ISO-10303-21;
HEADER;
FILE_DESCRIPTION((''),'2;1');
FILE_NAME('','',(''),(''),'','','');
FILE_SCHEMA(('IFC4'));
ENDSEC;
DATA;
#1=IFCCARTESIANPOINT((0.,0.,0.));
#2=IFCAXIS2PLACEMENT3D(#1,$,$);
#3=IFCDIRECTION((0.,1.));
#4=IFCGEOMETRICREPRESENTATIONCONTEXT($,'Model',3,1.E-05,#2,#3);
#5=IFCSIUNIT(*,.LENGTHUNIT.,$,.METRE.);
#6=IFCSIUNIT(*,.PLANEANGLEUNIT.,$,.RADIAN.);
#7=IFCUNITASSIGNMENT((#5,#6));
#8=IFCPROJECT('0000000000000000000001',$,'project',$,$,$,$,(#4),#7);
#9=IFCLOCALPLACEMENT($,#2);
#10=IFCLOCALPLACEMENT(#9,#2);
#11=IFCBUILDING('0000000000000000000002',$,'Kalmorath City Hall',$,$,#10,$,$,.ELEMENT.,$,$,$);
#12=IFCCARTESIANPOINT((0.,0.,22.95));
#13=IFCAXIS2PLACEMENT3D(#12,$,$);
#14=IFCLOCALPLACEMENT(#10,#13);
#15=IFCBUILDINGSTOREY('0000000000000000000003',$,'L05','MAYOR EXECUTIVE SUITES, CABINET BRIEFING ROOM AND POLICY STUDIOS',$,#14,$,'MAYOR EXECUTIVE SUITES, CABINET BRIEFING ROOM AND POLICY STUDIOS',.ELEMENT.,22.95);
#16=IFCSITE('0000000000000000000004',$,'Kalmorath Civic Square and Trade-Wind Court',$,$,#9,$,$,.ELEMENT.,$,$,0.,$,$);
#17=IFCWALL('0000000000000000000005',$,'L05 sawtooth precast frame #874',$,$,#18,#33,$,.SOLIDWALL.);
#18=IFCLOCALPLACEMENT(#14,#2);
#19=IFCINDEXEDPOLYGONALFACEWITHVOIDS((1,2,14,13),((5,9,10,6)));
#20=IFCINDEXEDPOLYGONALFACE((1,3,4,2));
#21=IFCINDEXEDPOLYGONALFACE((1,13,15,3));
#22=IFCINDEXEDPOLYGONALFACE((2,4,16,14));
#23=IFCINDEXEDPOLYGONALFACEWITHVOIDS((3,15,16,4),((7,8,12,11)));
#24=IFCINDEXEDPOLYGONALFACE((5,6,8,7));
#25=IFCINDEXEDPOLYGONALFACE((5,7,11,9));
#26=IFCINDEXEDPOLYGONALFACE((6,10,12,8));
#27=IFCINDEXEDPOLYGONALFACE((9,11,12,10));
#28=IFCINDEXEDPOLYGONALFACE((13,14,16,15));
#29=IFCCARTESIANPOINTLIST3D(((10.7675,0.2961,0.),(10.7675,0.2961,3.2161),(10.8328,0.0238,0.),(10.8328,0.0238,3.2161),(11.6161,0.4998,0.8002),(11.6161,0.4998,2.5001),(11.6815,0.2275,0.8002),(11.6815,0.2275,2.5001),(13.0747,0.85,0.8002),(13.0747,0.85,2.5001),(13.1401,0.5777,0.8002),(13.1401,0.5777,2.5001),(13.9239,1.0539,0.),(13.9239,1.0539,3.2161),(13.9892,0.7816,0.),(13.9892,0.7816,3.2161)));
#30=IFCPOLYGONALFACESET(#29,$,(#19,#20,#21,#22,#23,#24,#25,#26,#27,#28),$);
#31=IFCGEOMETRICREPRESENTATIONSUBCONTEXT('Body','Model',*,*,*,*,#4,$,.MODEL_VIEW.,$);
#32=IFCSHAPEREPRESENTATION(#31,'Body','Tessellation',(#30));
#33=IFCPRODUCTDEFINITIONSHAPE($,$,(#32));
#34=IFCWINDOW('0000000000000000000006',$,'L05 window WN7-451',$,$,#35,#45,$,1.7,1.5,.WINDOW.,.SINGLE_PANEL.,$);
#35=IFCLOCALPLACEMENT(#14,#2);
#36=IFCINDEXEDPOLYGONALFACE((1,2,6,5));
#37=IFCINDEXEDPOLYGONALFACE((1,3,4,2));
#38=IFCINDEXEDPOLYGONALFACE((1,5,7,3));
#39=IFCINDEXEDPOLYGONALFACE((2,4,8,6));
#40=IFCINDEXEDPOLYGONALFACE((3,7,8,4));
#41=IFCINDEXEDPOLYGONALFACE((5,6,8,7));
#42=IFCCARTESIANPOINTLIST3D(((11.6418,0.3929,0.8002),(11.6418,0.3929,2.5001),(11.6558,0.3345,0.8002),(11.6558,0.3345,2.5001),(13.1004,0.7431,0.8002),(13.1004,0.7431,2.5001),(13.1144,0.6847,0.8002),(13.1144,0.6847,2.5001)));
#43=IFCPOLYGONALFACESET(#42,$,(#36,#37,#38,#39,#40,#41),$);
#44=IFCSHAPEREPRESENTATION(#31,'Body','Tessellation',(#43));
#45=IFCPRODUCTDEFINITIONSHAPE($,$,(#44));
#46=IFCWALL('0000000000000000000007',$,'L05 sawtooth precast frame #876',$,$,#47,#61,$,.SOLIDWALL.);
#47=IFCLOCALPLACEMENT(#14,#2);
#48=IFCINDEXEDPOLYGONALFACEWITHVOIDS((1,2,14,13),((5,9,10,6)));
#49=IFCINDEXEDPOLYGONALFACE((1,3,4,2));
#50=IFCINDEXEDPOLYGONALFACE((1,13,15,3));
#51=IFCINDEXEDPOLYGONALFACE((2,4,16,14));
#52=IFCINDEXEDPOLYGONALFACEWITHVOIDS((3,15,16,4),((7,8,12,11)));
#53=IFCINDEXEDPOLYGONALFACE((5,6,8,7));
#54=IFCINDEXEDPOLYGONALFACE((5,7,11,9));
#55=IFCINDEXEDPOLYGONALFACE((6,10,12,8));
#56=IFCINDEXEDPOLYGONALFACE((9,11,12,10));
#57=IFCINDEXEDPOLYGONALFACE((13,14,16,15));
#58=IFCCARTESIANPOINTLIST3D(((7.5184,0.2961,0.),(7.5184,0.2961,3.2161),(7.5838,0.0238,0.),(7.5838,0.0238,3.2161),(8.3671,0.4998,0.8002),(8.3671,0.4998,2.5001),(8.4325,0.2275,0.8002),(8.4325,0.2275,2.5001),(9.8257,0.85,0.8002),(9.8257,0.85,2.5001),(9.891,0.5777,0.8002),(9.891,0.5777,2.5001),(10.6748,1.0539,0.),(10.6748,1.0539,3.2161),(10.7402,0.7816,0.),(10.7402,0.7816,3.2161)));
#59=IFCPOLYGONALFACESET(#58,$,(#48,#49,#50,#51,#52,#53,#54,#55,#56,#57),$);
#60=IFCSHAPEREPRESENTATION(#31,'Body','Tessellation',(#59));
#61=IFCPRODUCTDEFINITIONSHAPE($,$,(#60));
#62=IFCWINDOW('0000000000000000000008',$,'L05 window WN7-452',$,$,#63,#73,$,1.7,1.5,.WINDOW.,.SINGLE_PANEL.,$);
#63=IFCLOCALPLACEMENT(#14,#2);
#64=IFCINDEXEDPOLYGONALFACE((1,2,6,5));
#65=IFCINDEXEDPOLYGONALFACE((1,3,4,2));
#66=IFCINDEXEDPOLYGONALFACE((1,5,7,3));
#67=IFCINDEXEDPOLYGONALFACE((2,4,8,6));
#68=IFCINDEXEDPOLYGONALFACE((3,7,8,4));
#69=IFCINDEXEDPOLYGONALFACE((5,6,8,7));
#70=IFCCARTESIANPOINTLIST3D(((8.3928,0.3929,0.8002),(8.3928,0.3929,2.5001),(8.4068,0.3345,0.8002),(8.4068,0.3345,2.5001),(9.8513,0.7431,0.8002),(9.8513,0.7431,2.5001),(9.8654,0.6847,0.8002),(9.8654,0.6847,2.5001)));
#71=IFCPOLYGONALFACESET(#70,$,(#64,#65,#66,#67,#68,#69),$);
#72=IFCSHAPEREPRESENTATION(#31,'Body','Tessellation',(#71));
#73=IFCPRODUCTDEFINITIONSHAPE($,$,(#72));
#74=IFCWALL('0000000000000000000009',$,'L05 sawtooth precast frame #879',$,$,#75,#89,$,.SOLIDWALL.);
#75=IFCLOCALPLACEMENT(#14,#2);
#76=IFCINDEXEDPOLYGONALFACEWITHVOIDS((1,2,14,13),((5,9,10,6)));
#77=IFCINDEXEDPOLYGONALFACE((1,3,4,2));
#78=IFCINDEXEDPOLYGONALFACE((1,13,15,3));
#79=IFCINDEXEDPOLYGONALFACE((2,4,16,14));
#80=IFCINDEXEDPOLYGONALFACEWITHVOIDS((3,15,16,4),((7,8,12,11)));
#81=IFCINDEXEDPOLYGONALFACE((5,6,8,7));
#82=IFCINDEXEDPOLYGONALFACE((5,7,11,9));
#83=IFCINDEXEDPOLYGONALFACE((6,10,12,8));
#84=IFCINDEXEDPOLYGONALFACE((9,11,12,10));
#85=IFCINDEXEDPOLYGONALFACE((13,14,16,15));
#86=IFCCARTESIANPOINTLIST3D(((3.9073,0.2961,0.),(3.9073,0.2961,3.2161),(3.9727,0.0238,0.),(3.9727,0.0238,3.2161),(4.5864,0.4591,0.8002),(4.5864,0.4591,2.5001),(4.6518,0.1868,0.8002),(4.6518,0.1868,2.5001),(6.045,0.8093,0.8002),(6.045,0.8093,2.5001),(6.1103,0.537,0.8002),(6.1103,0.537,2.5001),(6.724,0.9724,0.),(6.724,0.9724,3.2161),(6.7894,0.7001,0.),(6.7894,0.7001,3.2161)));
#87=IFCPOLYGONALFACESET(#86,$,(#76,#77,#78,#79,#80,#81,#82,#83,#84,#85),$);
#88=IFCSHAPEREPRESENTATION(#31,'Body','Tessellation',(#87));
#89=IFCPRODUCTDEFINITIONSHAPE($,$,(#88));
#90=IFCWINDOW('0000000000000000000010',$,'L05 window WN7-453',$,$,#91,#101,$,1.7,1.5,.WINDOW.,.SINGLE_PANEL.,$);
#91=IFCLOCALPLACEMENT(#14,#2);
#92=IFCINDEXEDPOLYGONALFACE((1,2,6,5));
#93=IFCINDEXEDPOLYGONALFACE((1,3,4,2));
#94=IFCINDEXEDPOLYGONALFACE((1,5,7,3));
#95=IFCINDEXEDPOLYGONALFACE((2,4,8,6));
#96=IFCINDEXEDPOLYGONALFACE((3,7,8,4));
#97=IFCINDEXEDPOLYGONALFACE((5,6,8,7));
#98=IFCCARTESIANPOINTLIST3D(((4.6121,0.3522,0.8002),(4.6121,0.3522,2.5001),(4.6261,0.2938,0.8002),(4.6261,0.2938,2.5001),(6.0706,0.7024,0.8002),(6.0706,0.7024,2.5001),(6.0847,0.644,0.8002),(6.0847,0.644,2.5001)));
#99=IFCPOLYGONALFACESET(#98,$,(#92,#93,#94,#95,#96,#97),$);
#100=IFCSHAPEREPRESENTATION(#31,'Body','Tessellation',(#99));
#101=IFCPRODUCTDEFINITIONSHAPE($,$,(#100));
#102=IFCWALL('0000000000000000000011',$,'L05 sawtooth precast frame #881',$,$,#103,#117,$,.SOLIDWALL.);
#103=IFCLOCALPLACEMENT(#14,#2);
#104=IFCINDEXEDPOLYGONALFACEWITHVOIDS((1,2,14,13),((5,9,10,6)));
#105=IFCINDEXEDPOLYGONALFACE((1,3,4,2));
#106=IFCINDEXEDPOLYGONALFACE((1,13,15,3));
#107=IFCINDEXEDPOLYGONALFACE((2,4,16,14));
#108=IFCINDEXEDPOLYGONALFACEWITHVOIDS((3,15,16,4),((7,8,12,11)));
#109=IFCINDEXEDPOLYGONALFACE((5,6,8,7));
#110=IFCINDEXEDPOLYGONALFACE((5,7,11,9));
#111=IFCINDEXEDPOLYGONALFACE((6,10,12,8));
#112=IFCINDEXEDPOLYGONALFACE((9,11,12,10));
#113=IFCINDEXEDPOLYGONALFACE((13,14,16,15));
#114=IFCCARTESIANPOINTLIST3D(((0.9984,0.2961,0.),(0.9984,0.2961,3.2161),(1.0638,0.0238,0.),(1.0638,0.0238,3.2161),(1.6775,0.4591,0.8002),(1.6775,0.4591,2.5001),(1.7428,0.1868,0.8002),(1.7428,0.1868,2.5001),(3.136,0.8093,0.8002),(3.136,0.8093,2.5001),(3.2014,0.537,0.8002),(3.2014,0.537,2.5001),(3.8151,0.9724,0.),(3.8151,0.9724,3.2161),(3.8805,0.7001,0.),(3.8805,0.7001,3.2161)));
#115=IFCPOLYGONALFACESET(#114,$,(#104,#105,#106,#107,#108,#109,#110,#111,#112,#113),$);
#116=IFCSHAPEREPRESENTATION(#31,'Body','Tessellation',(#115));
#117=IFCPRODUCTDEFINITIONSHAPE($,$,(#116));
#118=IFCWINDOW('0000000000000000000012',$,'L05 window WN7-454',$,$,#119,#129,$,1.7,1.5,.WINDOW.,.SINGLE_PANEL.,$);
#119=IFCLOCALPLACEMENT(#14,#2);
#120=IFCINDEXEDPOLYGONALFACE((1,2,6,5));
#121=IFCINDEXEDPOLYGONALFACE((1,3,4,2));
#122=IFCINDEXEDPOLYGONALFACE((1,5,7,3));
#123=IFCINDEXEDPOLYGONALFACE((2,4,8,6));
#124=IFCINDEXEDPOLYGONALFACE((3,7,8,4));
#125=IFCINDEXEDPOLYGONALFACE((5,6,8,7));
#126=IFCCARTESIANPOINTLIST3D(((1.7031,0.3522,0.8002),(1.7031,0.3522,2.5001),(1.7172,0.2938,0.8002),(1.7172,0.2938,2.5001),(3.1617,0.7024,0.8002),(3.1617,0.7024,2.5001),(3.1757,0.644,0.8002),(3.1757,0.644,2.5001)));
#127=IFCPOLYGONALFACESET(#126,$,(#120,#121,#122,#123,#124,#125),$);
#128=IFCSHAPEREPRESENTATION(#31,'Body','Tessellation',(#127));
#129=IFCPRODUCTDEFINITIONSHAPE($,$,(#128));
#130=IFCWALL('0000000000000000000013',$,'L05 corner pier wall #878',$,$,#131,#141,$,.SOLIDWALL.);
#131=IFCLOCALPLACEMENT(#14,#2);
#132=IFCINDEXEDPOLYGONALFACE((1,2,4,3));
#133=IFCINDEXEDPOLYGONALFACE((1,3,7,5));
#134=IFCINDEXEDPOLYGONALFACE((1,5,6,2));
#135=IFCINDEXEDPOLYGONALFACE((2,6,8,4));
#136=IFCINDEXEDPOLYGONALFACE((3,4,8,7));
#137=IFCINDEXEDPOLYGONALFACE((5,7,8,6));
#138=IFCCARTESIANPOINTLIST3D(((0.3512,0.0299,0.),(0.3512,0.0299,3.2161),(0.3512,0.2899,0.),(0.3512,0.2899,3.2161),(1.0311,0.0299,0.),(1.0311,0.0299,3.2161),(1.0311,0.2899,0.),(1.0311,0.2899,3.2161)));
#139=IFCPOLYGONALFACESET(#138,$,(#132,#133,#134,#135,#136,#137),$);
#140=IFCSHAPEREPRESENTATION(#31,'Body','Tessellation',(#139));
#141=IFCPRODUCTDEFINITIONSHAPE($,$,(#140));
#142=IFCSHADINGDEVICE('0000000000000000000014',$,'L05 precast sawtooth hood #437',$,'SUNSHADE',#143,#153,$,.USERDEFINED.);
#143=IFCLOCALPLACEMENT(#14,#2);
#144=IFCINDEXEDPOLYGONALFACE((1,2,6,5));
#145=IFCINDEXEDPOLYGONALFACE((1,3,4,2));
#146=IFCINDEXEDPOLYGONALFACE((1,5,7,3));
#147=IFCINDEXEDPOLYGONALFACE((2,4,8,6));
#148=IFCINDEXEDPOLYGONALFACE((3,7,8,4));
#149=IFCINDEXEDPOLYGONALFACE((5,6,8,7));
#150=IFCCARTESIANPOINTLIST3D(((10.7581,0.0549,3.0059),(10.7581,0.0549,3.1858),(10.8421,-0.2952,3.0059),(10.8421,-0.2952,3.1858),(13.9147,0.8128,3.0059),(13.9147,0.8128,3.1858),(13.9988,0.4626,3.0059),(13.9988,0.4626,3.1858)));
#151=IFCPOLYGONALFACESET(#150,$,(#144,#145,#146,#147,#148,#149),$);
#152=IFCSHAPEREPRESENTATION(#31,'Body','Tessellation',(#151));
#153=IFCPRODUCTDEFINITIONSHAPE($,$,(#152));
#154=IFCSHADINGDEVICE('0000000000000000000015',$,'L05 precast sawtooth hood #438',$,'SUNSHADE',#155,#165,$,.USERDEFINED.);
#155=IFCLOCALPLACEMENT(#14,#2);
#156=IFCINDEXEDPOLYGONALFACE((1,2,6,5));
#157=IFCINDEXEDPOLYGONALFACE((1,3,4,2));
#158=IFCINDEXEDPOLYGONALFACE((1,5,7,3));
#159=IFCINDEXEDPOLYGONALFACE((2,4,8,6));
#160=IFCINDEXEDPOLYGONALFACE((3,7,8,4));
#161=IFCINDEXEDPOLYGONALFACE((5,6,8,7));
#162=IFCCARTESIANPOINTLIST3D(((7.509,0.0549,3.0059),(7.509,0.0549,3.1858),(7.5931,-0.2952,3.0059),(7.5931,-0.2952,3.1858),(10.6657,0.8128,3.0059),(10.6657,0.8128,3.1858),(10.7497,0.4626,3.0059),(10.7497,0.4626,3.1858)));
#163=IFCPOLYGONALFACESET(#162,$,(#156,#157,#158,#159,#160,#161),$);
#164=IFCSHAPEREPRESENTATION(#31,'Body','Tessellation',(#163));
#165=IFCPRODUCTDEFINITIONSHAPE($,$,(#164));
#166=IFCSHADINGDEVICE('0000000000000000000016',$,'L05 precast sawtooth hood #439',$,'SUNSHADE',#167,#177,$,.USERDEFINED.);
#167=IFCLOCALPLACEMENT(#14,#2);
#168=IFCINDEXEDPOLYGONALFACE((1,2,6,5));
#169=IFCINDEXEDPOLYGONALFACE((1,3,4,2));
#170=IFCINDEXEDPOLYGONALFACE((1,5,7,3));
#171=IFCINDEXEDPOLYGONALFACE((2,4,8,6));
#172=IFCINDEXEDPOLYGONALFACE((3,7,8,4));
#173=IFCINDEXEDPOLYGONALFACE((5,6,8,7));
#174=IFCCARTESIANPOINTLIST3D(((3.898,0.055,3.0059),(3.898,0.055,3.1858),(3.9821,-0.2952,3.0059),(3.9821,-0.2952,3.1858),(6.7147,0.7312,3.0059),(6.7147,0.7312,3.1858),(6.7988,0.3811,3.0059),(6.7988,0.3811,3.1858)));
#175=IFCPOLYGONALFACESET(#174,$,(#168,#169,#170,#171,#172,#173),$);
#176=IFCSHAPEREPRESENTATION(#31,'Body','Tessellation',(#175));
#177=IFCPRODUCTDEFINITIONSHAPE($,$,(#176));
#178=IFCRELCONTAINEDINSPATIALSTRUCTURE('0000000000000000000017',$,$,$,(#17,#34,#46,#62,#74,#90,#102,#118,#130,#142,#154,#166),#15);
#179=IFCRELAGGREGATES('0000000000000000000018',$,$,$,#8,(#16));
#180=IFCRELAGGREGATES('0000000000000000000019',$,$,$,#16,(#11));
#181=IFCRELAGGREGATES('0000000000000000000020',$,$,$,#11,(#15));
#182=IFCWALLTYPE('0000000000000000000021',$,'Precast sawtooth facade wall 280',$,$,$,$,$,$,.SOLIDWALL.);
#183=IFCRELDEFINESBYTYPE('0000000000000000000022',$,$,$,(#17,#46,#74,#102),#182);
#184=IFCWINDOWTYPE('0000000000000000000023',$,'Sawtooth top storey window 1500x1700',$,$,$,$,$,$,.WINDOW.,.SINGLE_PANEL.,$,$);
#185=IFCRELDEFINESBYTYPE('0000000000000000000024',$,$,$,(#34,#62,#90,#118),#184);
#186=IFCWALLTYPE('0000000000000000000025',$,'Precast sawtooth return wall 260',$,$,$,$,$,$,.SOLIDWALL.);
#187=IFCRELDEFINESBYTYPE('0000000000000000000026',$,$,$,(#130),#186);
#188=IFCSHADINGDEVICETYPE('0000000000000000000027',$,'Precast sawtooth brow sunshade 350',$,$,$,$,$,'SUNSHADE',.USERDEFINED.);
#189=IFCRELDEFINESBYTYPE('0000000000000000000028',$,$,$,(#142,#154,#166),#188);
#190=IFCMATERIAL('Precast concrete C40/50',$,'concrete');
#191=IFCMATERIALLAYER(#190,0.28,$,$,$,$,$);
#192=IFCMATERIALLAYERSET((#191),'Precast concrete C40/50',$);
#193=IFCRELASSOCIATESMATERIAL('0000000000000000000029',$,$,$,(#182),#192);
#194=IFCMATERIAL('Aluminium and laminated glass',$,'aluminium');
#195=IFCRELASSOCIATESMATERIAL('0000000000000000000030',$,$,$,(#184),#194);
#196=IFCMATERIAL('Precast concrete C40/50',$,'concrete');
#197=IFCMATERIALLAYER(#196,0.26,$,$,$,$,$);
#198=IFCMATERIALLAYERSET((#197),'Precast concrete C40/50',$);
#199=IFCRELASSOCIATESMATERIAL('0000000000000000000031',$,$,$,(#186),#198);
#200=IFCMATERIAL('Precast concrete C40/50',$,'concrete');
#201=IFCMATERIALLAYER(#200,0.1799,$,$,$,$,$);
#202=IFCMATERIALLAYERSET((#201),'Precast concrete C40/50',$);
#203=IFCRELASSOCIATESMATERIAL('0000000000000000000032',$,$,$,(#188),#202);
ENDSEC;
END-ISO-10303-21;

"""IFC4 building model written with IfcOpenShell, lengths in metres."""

from ifc_helpers import new_model, si_unit, direction, frame, frame_2d, origin, origin_2d, place, context, subcontext, project, spatial, rectangle, extrude, material, layer, layer_set, type_object, element, fill, save


model = new_model("IFC4")

# Units and contexts
model_context = context("Model", 3, precision=1e-05, world=origin(), true_north=direction((0.0, 1.0)))
body_context = subcontext(model_context, "Body", "Model", "MODEL_VIEW")
ifc_project = project(units=[si_unit("LENGTHUNIT", "METRE"), si_unit("PLANEANGLEUNIT", "RADIAN")], contexts=[model_context])

# Site, building, storey
site_placement = place(None, origin())
site = spatial("IfcSite", under=ifc_project, at=site_placement, Name="Kalmorath Civic Square and Trade-Wind Court", CompositionType="ELEMENT", RefElevation=0.0)
building_placement = place(site_placement, origin())
building = spatial("IfcBuilding", under=site, at=building_placement, Name="Kalmorath City Hall", CompositionType="ELEMENT")
storey_placement = place(building_placement, frame((0.0, 0.0, 22.95)))
storey = spatial("IfcBuildingStorey", under=building, at=storey_placement, Name="L05", Description="MAYOR EXECUTIVE SUITES, CABINET BRIEFING ROOM AND POLICY STUDIOS", LongName="MAYOR EXECUTIVE SUITES, CABINET BRIEFING ROOM AND POLICY STUDIOS", CompositionType="ELEMENT", Elevation=22.95)

# Walls, openings, windows
ifc_material_1 = material(Name="Precast concrete C40/50", Category="concrete")
ifc_layer_1 = layer(ifc_material_1, 0.28)
ifc_layer_set_1 = layer_set([ifc_layer_1], Name="Precast concrete C40/50")
wall_type_1 = type_object("IfcWallType", Name="Precast sawtooth facade wall 280", PredefinedType="SOLIDWALL", material=ifc_layer_set_1)
wall_1_placement = place(storey_placement, frame((13.9565, 0.9177, 0.0), z_axis=(0.0, 0.0, 1.0), x_axis=(-0.97237, -0.233447, 0.0)))
wall_1 = element("IfcWall", 1, at=wall_1_placement, inside=storey, type_object=wall_type_1, Name="L05 sawtooth precast frame #874", PredefinedType="SOLIDWALL", context=body_context, shape_type="SweptSolid", body=[
    extrude(rectangle(XDim=3.2461, YDim=0.28, at=frame_2d((1.623, 0.0))), origin(), (0.0, 0.0, 1.0), 3.2161),
])
opening_1_placement = place(wall_1_placement, frame((0.8733, 0.0, 0.8)))
opening_1 = element("IfcOpeningElement", 2, at=opening_1_placement, cuts=wall_1, PredefinedType="OPENING", context=body_context, shape_type="SweptSolid", body=[
    extrude(rectangle(XDim=1.5, YDim=1.7, at=frame_2d((0.75, 0.8501))), frame((0.0, 0.1499, 0.0), z_axis=(0.0, -1.0, 0.0), x_axis=(1.0, 0.0, 0.0)), (0.0, 0.0, 1.0), 0.3),
])
ifc_material_2 = material(Name="Aluminium and laminated glass", Category="aluminium")
window_type = type_object("IfcWindowType", Name="Sawtooth top storey window 1500x1700", PartitioningType="SINGLE_PANEL", PredefinedType="WINDOW", material=ifc_material_2)
window_1_placement = place(opening_1_placement, origin())
window_1 = element("IfcWindow", 3, at=window_1_placement, inside=storey, type_object=window_type, Name="L05 window WN7-451", OverallHeight=1.7, OverallWidth=1.5, PartitioningType="SINGLE_PANEL", PredefinedType="WINDOW", context=body_context, shape_type="SweptSolid", body=[
    extrude(rectangle(XDim=1.5, YDim=1.7, at=frame_2d((0.75, 0.8501))), frame((0.0, 0.03, 0.0), z_axis=(0.0, -1.0, 0.0), x_axis=(1.0, 0.0, 0.0)), (0.0, 0.0, 1.0), 0.0601),
])
fill(opening_1, window_1)
wall_2_placement = place(storey_placement, frame((10.7075, 0.9177, 0.0), z_axis=(0.0, 0.0, 1.0), x_axis=(-0.97237, -0.233447, 0.0)))
wall_2 = element("IfcWall", 4, at=wall_2_placement, inside=storey, type_object=wall_type_1, Name="L05 sawtooth precast frame #876", PredefinedType="SOLIDWALL", context=body_context, shape_type="SweptSolid", body=[
    extrude(rectangle(XDim=3.2461, YDim=0.28, at=frame_2d((1.623, 0.0))), origin(), (0.0, 0.0, 1.0), 3.2161),
])
opening_2_placement = place(wall_2_placement, frame((0.8733, 0.0, 0.8)))
opening_2 = element("IfcOpeningElement", 5, at=opening_2_placement, cuts=wall_2, PredefinedType="OPENING", context=body_context, shape_type="SweptSolid", body=[
    extrude(rectangle(XDim=1.5, YDim=1.7, at=frame_2d((0.75, 0.8501))), frame((0.0, 0.1499, 0.0), z_axis=(0.0, -1.0, 0.0), x_axis=(1.0, 0.0, 0.0)), (0.0, 0.0, 1.0), 0.3),
])
window_2_placement = place(opening_2_placement, origin())
window_2 = element("IfcWindow", 6, at=window_2_placement, inside=storey, type_object=window_type, Name="L05 window WN7-452", OverallHeight=1.7, OverallWidth=1.5, PartitioningType="SINGLE_PANEL", PredefinedType="WINDOW", context=body_context, shape_type="SweptSolid", body=[
    extrude(rectangle(XDim=1.5, YDim=1.7, at=frame_2d((0.75, 0.8501))), frame((0.0, 0.03, 0.0), z_axis=(0.0, -1.0, 0.0), x_axis=(1.0, 0.0, 0.0)), (0.0, 0.0, 1.0), 0.0601),
])
fill(opening_2, window_2)
wall_3_placement = place(storey_placement, frame((6.7566, 0.8362, 0.0), z_axis=(0.0, 0.0, 1.0), x_axis=(-0.972366, -0.233462, 0.0)))
wall_3 = element("IfcWall", 7, at=wall_3_placement, inside=storey, type_object=wall_type_1, Name="L05 sawtooth precast frame #879", PredefinedType="SOLIDWALL", context=body_context, shape_type="SweptSolid", body=[
    extrude(rectangle(XDim=2.8967, YDim=0.28, at=frame_2d((1.4482, 0.0))), origin(), (0.0, 0.0, 1.0), 3.2161),
])
opening_3_placement = place(wall_3_placement, frame((0.6982, 0.0, 0.8)))
opening_3 = element("IfcOpeningElement", 8, at=opening_3_placement, cuts=wall_3, PredefinedType="OPENING", context=body_context, shape_type="SweptSolid", body=[
    extrude(rectangle(XDim=1.5, YDim=1.7, at=frame_2d((0.75, 0.8501))), frame((0.0, 0.1499, 0.0), z_axis=(0.0, -1.0, 0.0), x_axis=(1.0, 0.0, 0.0)), (0.0, 0.0, 1.0), 0.3),
])
window_3_placement = place(opening_3_placement, origin())
window_3 = element("IfcWindow", 9, at=window_3_placement, inside=storey, type_object=window_type, Name="L05 window WN7-453", OverallHeight=1.7, OverallWidth=1.5, PartitioningType="SINGLE_PANEL", PredefinedType="WINDOW", context=body_context, shape_type="SweptSolid", body=[
    extrude(rectangle(XDim=1.5, YDim=1.7, at=frame_2d((0.75, 0.8501))), frame((0.0, 0.03, 0.0), z_axis=(0.0, -1.0, 0.0), x_axis=(1.0, 0.0, 0.0)), (0.0, 0.0, 1.0), 0.0601),
])
fill(opening_3, window_3)
wall_4_placement = place(storey_placement, frame((3.8477, 0.8362, 0.0), z_axis=(0.0, 0.0, 1.0), x_axis=(-0.972366, -0.233462, 0.0)))
wall_4 = element("IfcWall", 10, at=wall_4_placement, inside=storey, type_object=wall_type_1, Name="L05 sawtooth precast frame #881", PredefinedType="SOLIDWALL", context=body_context, shape_type="SweptSolid", body=[
    extrude(rectangle(XDim=2.8967, YDim=0.28, at=frame_2d((1.4482, 0.0))), origin(), (0.0, 0.0, 1.0), 3.2161),
])
opening_4_placement = place(wall_4_placement, frame((0.6982, 0.0, 0.8)))
opening_4 = element("IfcOpeningElement", 11, at=opening_4_placement, cuts=wall_4, PredefinedType="OPENING", context=body_context, shape_type="SweptSolid", body=[
    extrude(rectangle(XDim=1.5, YDim=1.7, at=frame_2d((0.75, 0.8501))), frame((0.0, 0.1499, 0.0), z_axis=(0.0, -1.0, 0.0), x_axis=(1.0, 0.0, 0.0)), (0.0, 0.0, 1.0), 0.3),
])
window_4_placement = place(opening_4_placement, origin())
window_4 = element("IfcWindow", 12, at=window_4_placement, inside=storey, type_object=window_type, Name="L05 window WN7-454", OverallHeight=1.7, OverallWidth=1.5, PartitioningType="SINGLE_PANEL", PredefinedType="WINDOW", context=body_context, shape_type="SweptSolid", body=[
    extrude(rectangle(XDim=1.5, YDim=1.7, at=frame_2d((0.75, 0.8501))), frame((0.0, 0.03, 0.0), z_axis=(0.0, -1.0, 0.0), x_axis=(1.0, 0.0, 0.0)), (0.0, 0.0, 1.0), 0.0601),
])
fill(opening_4, window_4)

# Wall
ifc_material_3 = material(Name="Precast concrete C40/50", Category="concrete")
ifc_layer_2 = layer(ifc_material_3, 0.26)
ifc_layer_set_2 = layer_set([ifc_layer_2], Name="Precast concrete C40/50")
wall_type_2 = type_object("IfcWallType", Name="Precast sawtooth return wall 260", PredefinedType="SOLIDWALL", material=ifc_layer_set_2)
wall_5_placement = place(storey_placement, frame((1.031, 0.1599, 0.0), z_axis=(0.0, 0.0, 1.0), x_axis=(-1.0, 0.0, 0.0)))
element("IfcWall", 13, at=wall_5_placement, inside=storey, type_object=wall_type_2, Name="L05 corner pier wall #878", PredefinedType="SOLIDWALL", context=body_context, shape_type="SweptSolid", body=[
    extrude(rectangle(XDim=0.6799, YDim=0.26, at=frame_2d((0.3398, 0.0))), origin(), (0.0, 0.0, 1.0), 3.2161),
])

# Shading devices
ifc_material_4 = material(Name="Precast concrete C40/50", Category="concrete")
ifc_layer_3 = layer(ifc_material_4, 0.1799)
ifc_layer_set_3 = layer_set([ifc_layer_3], Name="Precast concrete C40/50")
shading_device_type = type_object("IfcShadingDeviceType", Name="Precast sawtooth brow sunshade 350", ElementType="SUNSHADE", PredefinedType="USERDEFINED", material=ifc_layer_set_3)
for number, where, z_axis, x_axis, name in (
    (14, (12.3784, 0.2588, 3.0059), (0.0, 0.0, 1.0), (-0.97237, -0.233445, 0.0), "L05 precast sawtooth hood #437"),
    (15, (9.1294, 0.2588, 3.0059), (0.0, 0.0, 1.0), (-0.97237, -0.233445, 0.0), "L05 precast sawtooth hood #438"),
):
    element("IfcShadingDevice", number, at=place(storey_placement, frame(where, z_axis=z_axis, x_axis=x_axis)), inside=storey, type_object=shading_device_type, Name=name, ObjectType="SUNSHADE", PredefinedType="USERDEFINED", context=body_context, shape_type="SweptSolid", body=[
        extrude(rectangle(XDim=3.2463, YDim=0.3601, at=origin_2d()), origin(), (0.0, 0.0, 1.0), 0.1799),
    ])
for number, where, z_axis, x_axis, name in (
    (16, (5.3484, 0.218, 3.0059), (0.0, 0.0, 1.0), (-0.97237, -0.233445, 0.0), "L05 precast sawtooth hood #439"),
):
    element("IfcShadingDevice", number, at=place(storey_placement, frame(where, z_axis=z_axis, x_axis=x_axis)), inside=storey, type_object=shading_device_type, Name=name, ObjectType="SUNSHADE", PredefinedType="USERDEFINED", context=body_context, shape_type="SweptSolid", body=[
        extrude(rectangle(XDim=2.8967, YDim=0.3601, at=origin_2d()), origin(), (0.0, 0.0, 1.0), 0.1799),
    ])

save(model, "model.ifc")
